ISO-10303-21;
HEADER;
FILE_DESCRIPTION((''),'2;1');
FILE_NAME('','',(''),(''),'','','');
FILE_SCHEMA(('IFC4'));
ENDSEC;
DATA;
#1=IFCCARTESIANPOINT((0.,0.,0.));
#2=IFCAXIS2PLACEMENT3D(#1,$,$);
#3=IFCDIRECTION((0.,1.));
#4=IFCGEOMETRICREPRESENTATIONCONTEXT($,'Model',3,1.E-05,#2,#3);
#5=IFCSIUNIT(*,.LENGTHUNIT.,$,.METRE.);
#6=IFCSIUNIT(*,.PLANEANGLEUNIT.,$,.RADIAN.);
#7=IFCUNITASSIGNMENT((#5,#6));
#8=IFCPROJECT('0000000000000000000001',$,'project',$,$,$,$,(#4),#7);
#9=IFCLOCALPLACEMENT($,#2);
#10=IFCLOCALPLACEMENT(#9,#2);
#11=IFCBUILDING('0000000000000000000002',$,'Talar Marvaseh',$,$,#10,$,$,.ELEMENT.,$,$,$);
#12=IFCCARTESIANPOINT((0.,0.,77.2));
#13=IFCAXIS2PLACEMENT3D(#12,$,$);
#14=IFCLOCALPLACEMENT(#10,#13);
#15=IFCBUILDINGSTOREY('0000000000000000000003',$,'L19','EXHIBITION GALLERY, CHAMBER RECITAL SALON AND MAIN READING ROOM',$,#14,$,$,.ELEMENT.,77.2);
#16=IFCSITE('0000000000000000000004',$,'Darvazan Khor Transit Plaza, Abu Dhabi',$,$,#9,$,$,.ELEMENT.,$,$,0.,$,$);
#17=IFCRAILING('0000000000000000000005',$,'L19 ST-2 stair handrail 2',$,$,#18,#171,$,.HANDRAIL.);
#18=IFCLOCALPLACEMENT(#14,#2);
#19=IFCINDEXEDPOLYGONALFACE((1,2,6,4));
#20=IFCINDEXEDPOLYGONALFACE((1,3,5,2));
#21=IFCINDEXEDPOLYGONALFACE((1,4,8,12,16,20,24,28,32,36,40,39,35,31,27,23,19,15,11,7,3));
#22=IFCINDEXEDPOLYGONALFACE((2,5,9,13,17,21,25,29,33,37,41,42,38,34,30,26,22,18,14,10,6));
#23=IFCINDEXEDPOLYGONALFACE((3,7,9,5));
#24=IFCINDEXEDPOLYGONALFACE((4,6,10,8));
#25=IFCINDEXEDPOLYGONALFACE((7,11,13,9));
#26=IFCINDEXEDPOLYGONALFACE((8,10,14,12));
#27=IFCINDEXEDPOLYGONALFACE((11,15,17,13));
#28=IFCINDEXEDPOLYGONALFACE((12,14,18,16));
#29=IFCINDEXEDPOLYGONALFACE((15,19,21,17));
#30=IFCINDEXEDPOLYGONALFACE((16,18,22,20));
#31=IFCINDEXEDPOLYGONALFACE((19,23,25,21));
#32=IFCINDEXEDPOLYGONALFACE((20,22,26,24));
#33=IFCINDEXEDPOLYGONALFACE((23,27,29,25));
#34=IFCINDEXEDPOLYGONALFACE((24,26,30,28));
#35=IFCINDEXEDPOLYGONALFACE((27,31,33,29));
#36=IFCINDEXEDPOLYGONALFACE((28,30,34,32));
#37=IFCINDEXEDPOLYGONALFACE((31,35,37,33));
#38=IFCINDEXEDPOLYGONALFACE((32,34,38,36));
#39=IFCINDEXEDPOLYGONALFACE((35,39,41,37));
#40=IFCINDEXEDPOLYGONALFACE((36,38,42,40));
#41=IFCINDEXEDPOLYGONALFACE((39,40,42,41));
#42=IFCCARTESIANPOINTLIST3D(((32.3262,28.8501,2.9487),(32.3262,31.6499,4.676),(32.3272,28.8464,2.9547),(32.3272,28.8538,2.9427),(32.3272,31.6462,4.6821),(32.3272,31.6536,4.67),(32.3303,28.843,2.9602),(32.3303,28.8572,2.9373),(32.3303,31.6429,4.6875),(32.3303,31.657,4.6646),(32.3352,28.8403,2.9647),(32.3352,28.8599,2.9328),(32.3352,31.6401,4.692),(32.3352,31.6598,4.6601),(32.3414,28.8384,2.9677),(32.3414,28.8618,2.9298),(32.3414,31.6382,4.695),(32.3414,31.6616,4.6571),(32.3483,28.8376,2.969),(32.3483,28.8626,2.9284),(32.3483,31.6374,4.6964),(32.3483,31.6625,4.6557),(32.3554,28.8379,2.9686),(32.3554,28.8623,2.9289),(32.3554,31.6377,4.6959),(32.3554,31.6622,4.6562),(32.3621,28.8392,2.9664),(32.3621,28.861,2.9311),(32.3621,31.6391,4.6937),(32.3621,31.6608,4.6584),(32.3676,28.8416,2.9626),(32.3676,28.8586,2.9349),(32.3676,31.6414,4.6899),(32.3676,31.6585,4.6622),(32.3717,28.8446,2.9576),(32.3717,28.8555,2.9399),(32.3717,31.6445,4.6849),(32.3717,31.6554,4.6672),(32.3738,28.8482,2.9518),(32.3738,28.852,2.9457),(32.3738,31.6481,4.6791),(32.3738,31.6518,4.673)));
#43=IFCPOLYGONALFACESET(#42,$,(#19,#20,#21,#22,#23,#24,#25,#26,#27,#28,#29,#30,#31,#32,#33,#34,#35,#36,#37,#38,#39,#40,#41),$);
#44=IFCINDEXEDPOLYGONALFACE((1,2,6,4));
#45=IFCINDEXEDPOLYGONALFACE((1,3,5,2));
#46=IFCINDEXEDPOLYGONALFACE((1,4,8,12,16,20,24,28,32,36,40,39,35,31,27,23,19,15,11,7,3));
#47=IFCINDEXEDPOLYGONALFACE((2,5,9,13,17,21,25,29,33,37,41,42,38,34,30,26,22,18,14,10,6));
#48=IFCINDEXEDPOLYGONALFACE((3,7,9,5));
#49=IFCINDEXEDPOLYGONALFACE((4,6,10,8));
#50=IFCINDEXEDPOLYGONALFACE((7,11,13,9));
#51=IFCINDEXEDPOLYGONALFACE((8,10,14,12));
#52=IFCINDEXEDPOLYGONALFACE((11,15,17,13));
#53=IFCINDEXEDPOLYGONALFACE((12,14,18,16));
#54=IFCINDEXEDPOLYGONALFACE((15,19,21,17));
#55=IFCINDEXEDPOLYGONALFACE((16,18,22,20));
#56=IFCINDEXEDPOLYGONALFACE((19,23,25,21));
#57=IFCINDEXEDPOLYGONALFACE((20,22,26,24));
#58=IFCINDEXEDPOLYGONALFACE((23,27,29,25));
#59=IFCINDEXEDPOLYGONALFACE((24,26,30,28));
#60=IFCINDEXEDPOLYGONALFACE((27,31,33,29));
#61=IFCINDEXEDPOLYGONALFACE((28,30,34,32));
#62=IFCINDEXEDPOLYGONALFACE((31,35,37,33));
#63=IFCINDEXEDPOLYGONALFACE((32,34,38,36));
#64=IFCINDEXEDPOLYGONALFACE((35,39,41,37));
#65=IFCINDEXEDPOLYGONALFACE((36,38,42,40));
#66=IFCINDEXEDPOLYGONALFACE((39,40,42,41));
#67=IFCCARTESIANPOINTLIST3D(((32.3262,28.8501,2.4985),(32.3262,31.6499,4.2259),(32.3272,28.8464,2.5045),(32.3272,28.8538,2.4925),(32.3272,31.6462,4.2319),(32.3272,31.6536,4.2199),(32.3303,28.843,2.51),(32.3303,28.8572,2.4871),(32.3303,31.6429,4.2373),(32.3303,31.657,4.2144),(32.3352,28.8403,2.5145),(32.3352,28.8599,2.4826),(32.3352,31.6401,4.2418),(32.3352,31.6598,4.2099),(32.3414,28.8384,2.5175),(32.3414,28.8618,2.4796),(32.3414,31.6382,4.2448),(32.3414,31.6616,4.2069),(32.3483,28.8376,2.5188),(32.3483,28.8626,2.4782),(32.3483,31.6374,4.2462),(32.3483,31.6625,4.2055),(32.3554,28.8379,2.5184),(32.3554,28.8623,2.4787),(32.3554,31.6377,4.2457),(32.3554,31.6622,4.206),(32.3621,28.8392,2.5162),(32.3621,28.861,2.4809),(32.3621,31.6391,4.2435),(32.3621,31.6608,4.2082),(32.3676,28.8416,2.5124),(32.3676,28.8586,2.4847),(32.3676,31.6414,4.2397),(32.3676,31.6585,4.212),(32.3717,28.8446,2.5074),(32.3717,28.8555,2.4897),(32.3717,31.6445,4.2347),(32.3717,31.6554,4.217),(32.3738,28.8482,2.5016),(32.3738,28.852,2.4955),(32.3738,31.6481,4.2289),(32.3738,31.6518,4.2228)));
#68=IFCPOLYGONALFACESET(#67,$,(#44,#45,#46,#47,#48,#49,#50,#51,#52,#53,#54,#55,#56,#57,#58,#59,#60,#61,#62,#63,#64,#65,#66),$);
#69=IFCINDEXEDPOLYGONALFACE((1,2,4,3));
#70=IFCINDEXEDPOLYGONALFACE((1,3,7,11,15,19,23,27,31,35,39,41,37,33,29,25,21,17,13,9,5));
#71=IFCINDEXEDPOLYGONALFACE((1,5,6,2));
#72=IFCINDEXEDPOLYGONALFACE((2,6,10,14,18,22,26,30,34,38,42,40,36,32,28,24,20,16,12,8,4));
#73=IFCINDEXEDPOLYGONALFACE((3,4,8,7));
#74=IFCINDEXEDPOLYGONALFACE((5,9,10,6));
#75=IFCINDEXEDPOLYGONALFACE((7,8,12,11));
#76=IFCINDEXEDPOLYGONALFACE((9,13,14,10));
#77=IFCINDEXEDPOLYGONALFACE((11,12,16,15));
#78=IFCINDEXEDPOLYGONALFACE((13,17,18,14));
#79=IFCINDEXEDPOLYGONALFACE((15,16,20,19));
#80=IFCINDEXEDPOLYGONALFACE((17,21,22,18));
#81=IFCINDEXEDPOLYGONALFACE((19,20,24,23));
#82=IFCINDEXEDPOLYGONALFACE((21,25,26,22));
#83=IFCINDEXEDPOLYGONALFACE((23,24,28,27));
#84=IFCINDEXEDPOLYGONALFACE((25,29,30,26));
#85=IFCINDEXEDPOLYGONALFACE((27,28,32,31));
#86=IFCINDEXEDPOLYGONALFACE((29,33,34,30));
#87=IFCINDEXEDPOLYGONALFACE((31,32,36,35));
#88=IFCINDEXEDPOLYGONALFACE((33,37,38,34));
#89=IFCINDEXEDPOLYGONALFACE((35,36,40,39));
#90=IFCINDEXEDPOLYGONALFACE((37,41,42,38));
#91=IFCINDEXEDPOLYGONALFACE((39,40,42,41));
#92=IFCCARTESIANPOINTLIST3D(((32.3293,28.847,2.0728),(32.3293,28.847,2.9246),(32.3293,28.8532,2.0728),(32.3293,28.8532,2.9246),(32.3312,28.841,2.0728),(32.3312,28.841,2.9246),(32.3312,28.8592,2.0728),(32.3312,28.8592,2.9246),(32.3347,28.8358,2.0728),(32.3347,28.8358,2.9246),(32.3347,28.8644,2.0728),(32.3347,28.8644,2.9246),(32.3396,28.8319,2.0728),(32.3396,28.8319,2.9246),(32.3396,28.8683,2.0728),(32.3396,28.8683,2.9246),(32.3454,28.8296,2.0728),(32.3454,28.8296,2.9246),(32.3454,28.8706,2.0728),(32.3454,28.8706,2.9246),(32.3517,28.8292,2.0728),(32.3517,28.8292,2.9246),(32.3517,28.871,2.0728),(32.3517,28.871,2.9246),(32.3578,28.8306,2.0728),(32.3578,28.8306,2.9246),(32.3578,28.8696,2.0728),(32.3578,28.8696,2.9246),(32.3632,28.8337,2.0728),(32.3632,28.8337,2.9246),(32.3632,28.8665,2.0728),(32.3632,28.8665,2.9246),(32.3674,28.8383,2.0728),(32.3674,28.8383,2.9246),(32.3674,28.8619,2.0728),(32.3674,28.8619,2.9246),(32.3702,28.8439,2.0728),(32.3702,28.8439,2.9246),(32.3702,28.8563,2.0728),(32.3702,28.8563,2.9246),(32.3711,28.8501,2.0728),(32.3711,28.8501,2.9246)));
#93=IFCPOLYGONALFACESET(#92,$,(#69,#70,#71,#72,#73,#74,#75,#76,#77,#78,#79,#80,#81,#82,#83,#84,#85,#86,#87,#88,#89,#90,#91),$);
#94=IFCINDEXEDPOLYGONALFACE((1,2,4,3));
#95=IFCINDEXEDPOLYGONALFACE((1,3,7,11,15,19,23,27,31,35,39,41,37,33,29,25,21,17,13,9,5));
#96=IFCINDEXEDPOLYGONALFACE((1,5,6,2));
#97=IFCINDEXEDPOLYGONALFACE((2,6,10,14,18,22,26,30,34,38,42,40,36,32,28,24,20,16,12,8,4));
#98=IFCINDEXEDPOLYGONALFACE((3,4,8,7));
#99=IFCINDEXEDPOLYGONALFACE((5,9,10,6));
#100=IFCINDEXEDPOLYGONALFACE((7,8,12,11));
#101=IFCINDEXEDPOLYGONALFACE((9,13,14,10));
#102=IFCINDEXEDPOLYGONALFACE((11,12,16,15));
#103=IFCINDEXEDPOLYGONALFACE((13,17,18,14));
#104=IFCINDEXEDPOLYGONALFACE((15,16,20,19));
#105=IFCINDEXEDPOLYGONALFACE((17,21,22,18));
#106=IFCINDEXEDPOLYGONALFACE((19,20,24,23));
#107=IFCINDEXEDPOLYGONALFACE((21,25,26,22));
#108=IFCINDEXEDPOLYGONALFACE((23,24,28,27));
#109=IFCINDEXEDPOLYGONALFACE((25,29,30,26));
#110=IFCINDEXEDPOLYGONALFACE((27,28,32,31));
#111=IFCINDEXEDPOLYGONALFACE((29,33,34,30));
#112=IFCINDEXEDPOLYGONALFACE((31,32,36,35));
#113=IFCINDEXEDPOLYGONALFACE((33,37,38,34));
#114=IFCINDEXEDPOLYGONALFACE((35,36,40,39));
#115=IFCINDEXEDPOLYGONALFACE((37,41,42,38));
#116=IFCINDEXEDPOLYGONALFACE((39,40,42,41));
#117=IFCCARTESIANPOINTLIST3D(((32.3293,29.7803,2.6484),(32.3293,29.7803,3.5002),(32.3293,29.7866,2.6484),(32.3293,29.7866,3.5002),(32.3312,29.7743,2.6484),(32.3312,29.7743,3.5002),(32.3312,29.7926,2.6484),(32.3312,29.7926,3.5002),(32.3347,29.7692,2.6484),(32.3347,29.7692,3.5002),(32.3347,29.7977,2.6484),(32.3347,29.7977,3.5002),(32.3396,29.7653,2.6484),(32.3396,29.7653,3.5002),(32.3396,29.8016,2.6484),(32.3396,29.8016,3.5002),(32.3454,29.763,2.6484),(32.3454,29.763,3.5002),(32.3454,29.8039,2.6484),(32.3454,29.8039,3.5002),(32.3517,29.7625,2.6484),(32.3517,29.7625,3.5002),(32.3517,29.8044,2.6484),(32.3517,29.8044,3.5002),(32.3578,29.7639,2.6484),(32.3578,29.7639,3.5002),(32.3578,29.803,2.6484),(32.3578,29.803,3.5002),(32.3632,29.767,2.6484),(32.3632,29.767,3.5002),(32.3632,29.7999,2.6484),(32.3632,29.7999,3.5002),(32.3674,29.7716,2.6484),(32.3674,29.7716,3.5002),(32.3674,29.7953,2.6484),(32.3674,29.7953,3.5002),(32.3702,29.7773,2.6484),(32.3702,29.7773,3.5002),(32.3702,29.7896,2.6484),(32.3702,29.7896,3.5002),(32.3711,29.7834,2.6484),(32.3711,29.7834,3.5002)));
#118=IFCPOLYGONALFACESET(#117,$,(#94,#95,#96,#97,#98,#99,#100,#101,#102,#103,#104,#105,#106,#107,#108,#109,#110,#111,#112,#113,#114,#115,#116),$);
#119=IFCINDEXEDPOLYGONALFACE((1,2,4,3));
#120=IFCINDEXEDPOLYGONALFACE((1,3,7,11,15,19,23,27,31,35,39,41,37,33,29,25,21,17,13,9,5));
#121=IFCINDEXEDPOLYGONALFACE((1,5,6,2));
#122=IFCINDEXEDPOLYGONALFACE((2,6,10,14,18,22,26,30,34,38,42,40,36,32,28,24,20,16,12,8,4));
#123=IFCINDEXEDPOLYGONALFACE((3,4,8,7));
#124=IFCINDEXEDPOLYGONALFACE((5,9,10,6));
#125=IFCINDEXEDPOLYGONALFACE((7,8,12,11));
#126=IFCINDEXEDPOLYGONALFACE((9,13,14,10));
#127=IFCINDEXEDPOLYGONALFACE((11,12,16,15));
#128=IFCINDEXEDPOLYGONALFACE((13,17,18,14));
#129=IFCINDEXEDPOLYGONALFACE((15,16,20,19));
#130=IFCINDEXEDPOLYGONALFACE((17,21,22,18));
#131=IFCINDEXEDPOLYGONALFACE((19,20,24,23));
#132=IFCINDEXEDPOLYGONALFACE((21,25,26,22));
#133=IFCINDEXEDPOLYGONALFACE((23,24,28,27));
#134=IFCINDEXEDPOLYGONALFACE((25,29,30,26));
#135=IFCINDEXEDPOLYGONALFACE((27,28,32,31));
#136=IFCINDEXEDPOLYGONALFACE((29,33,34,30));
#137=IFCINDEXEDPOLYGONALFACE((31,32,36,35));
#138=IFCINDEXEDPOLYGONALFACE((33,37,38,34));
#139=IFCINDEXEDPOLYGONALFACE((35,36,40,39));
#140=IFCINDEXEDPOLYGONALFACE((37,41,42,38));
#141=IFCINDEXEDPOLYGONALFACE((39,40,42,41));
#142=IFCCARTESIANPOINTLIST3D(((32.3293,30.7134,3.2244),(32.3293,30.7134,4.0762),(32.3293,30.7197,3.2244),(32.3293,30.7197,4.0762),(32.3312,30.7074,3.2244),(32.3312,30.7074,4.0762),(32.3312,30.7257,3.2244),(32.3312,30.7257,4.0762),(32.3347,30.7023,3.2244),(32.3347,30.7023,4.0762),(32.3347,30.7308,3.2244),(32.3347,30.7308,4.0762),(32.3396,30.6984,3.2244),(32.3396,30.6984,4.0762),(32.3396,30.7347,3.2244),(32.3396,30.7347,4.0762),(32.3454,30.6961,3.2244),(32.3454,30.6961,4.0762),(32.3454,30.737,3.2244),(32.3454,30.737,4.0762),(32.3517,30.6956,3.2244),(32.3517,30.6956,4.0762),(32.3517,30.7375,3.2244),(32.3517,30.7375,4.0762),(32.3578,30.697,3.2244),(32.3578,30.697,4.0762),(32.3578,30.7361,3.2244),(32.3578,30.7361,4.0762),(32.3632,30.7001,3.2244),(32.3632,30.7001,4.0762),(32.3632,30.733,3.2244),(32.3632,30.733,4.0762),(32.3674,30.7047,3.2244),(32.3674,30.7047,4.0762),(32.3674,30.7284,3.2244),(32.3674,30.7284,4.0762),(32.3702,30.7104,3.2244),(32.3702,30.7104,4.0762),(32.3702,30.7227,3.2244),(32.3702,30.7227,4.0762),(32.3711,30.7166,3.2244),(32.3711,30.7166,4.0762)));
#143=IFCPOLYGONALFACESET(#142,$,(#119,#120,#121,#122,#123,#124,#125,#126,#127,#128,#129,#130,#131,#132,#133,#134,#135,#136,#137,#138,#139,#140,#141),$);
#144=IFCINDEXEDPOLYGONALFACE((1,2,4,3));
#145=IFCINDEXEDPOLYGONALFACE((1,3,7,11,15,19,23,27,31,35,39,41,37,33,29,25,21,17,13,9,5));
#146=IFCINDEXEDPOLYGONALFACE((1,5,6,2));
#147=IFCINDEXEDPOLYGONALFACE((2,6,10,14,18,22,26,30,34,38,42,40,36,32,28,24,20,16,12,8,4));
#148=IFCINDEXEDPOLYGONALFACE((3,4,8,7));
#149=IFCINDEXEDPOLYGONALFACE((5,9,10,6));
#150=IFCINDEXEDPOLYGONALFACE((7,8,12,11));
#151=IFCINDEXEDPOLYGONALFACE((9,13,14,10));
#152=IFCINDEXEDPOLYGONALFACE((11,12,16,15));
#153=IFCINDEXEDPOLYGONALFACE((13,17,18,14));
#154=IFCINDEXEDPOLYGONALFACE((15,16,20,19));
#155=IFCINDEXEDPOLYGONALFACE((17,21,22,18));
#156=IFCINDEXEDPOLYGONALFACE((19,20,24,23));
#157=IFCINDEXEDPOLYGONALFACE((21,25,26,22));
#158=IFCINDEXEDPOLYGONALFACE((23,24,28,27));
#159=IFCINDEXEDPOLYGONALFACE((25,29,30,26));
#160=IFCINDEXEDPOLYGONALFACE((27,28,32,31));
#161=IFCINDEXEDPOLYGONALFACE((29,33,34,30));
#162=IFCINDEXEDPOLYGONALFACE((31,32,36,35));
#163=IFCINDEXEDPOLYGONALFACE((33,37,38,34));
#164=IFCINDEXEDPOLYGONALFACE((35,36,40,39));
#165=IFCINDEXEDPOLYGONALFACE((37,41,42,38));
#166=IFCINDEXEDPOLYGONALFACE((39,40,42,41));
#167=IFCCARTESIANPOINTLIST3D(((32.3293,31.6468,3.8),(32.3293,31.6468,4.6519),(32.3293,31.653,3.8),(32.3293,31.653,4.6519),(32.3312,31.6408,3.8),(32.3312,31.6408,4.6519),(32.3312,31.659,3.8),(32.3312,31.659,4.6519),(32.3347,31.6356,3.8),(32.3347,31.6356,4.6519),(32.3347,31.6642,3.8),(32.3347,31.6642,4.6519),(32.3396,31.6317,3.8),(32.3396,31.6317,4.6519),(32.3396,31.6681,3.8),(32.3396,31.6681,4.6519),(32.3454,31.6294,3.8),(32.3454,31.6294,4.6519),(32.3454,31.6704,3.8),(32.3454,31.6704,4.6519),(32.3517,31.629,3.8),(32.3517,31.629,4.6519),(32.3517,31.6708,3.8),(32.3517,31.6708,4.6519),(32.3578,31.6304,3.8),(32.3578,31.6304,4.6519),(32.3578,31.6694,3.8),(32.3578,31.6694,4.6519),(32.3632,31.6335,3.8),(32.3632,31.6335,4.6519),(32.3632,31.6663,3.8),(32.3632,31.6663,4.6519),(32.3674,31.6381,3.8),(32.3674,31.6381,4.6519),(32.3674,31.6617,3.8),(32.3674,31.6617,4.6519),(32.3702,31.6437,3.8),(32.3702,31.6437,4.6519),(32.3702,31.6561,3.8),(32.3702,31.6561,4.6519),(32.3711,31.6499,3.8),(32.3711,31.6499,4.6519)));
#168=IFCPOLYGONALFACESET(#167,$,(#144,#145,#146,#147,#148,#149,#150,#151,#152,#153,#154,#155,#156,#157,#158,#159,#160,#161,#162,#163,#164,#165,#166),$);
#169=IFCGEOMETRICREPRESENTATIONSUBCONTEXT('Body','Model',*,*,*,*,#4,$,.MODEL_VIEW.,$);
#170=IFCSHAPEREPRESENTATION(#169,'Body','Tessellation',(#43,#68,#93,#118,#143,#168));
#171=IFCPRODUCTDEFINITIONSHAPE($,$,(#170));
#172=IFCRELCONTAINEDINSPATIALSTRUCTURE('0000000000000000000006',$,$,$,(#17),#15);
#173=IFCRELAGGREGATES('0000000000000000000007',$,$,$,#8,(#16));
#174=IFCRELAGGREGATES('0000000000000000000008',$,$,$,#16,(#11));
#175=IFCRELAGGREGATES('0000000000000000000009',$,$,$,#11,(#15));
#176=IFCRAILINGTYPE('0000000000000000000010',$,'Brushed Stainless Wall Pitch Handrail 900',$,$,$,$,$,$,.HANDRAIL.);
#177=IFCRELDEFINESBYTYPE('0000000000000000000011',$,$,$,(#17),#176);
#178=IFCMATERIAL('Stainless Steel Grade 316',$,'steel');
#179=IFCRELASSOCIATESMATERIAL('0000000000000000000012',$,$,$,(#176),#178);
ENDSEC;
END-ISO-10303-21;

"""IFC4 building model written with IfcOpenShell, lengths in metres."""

from ifc_helpers import new_model, si_unit, direction, frame, origin, origin_2d, place, context, subcontext, project, spatial, circle, extrude, material, type_object, element, save


model = new_model("IFC4")

# Units and contexts
model_context = context("Model", 3, precision=1e-05, world=origin(), true_north=direction((0.0, 1.0)))
body_context = subcontext(model_context, "Body", "Model", "MODEL_VIEW")
ifc_project = project(units=[si_unit("LENGTHUNIT", "METRE"), si_unit("PLANEANGLEUNIT", "RADIAN")], contexts=[model_context])

# Site, building, storey
site_placement = place(None, origin())
site = spatial("IfcSite", under=ifc_project, at=site_placement, Name="Darvazan Khor Transit Plaza, Abu Dhabi", CompositionType="ELEMENT", RefElevation=0.0)
building_placement = place(site_placement, origin())
building = spatial("IfcBuilding", under=site, at=building_placement, Name="Talar Marvaseh", CompositionType="ELEMENT")
storey_placement = place(building_placement, frame((0.0, 0.0, 77.2)))
storey = spatial("IfcBuildingStorey", under=building, at=storey_placement, Name="L19", Description="EXHIBITION GALLERY, CHAMBER RECITAL SALON AND MAIN READING ROOM", CompositionType="ELEMENT", Elevation=77.2)

# Railing
ifc_material_1 = material(Name="Stainless Steel Grade 316", Category="steel")
railing_type = type_object("IfcRailingType", Name="Brushed Stainless Wall Pitch Handrail 900", PredefinedType="HANDRAIL", material=ifc_material_1)
railing_placement = place(storey_placement, frame((32.3501, 28.8501, 2.0728)))
element("IfcRailing", 1, at=railing_placement, inside=storey, type_object=railing_type, Name="L19 ST-2 stair handrail 2", PredefinedType="HANDRAIL", context=body_context, shape_type="SweptSolid", body=[
    extrude(circle(Radius=0.0239, at=origin_2d()), frame((0.0, 0.0, 0.876), z_axis=(0.0, 0.851069, 0.525054), x_axis=(-1.0, 0.0, 0.0)), (0.0, 0.0, 1.0), 3.2898),
    extrude(circle(Radius=0.0239, at=origin_2d()), frame((0.0, 0.0, 0.4258), z_axis=(0.0, 0.851069, 0.525054), x_axis=(-1.0, 0.0, 0.0)), (0.0, 0.0, 1.0), 3.2898),
    extrude(circle(Radius=0.021, at=origin_2d()), origin(), (0.0, 0.0, 1.0), 0.8518),
    extrude(circle(Radius=0.021, at=origin_2d()), frame((0.0, 0.9333, 0.5757)), (0.0, 0.0, 1.0), 0.8518),
    extrude(circle(Radius=0.021, at=origin_2d()), frame((0.0, 1.8665, 1.1516)), (0.0, 0.0, 1.0), 0.8518),
    extrude(circle(Radius=0.021, at=origin_2d()), frame((0.0, 2.7998, 1.7273)), (0.0, 0.0, 1.0), 0.8518),
])

save(model, "model.ifc")
